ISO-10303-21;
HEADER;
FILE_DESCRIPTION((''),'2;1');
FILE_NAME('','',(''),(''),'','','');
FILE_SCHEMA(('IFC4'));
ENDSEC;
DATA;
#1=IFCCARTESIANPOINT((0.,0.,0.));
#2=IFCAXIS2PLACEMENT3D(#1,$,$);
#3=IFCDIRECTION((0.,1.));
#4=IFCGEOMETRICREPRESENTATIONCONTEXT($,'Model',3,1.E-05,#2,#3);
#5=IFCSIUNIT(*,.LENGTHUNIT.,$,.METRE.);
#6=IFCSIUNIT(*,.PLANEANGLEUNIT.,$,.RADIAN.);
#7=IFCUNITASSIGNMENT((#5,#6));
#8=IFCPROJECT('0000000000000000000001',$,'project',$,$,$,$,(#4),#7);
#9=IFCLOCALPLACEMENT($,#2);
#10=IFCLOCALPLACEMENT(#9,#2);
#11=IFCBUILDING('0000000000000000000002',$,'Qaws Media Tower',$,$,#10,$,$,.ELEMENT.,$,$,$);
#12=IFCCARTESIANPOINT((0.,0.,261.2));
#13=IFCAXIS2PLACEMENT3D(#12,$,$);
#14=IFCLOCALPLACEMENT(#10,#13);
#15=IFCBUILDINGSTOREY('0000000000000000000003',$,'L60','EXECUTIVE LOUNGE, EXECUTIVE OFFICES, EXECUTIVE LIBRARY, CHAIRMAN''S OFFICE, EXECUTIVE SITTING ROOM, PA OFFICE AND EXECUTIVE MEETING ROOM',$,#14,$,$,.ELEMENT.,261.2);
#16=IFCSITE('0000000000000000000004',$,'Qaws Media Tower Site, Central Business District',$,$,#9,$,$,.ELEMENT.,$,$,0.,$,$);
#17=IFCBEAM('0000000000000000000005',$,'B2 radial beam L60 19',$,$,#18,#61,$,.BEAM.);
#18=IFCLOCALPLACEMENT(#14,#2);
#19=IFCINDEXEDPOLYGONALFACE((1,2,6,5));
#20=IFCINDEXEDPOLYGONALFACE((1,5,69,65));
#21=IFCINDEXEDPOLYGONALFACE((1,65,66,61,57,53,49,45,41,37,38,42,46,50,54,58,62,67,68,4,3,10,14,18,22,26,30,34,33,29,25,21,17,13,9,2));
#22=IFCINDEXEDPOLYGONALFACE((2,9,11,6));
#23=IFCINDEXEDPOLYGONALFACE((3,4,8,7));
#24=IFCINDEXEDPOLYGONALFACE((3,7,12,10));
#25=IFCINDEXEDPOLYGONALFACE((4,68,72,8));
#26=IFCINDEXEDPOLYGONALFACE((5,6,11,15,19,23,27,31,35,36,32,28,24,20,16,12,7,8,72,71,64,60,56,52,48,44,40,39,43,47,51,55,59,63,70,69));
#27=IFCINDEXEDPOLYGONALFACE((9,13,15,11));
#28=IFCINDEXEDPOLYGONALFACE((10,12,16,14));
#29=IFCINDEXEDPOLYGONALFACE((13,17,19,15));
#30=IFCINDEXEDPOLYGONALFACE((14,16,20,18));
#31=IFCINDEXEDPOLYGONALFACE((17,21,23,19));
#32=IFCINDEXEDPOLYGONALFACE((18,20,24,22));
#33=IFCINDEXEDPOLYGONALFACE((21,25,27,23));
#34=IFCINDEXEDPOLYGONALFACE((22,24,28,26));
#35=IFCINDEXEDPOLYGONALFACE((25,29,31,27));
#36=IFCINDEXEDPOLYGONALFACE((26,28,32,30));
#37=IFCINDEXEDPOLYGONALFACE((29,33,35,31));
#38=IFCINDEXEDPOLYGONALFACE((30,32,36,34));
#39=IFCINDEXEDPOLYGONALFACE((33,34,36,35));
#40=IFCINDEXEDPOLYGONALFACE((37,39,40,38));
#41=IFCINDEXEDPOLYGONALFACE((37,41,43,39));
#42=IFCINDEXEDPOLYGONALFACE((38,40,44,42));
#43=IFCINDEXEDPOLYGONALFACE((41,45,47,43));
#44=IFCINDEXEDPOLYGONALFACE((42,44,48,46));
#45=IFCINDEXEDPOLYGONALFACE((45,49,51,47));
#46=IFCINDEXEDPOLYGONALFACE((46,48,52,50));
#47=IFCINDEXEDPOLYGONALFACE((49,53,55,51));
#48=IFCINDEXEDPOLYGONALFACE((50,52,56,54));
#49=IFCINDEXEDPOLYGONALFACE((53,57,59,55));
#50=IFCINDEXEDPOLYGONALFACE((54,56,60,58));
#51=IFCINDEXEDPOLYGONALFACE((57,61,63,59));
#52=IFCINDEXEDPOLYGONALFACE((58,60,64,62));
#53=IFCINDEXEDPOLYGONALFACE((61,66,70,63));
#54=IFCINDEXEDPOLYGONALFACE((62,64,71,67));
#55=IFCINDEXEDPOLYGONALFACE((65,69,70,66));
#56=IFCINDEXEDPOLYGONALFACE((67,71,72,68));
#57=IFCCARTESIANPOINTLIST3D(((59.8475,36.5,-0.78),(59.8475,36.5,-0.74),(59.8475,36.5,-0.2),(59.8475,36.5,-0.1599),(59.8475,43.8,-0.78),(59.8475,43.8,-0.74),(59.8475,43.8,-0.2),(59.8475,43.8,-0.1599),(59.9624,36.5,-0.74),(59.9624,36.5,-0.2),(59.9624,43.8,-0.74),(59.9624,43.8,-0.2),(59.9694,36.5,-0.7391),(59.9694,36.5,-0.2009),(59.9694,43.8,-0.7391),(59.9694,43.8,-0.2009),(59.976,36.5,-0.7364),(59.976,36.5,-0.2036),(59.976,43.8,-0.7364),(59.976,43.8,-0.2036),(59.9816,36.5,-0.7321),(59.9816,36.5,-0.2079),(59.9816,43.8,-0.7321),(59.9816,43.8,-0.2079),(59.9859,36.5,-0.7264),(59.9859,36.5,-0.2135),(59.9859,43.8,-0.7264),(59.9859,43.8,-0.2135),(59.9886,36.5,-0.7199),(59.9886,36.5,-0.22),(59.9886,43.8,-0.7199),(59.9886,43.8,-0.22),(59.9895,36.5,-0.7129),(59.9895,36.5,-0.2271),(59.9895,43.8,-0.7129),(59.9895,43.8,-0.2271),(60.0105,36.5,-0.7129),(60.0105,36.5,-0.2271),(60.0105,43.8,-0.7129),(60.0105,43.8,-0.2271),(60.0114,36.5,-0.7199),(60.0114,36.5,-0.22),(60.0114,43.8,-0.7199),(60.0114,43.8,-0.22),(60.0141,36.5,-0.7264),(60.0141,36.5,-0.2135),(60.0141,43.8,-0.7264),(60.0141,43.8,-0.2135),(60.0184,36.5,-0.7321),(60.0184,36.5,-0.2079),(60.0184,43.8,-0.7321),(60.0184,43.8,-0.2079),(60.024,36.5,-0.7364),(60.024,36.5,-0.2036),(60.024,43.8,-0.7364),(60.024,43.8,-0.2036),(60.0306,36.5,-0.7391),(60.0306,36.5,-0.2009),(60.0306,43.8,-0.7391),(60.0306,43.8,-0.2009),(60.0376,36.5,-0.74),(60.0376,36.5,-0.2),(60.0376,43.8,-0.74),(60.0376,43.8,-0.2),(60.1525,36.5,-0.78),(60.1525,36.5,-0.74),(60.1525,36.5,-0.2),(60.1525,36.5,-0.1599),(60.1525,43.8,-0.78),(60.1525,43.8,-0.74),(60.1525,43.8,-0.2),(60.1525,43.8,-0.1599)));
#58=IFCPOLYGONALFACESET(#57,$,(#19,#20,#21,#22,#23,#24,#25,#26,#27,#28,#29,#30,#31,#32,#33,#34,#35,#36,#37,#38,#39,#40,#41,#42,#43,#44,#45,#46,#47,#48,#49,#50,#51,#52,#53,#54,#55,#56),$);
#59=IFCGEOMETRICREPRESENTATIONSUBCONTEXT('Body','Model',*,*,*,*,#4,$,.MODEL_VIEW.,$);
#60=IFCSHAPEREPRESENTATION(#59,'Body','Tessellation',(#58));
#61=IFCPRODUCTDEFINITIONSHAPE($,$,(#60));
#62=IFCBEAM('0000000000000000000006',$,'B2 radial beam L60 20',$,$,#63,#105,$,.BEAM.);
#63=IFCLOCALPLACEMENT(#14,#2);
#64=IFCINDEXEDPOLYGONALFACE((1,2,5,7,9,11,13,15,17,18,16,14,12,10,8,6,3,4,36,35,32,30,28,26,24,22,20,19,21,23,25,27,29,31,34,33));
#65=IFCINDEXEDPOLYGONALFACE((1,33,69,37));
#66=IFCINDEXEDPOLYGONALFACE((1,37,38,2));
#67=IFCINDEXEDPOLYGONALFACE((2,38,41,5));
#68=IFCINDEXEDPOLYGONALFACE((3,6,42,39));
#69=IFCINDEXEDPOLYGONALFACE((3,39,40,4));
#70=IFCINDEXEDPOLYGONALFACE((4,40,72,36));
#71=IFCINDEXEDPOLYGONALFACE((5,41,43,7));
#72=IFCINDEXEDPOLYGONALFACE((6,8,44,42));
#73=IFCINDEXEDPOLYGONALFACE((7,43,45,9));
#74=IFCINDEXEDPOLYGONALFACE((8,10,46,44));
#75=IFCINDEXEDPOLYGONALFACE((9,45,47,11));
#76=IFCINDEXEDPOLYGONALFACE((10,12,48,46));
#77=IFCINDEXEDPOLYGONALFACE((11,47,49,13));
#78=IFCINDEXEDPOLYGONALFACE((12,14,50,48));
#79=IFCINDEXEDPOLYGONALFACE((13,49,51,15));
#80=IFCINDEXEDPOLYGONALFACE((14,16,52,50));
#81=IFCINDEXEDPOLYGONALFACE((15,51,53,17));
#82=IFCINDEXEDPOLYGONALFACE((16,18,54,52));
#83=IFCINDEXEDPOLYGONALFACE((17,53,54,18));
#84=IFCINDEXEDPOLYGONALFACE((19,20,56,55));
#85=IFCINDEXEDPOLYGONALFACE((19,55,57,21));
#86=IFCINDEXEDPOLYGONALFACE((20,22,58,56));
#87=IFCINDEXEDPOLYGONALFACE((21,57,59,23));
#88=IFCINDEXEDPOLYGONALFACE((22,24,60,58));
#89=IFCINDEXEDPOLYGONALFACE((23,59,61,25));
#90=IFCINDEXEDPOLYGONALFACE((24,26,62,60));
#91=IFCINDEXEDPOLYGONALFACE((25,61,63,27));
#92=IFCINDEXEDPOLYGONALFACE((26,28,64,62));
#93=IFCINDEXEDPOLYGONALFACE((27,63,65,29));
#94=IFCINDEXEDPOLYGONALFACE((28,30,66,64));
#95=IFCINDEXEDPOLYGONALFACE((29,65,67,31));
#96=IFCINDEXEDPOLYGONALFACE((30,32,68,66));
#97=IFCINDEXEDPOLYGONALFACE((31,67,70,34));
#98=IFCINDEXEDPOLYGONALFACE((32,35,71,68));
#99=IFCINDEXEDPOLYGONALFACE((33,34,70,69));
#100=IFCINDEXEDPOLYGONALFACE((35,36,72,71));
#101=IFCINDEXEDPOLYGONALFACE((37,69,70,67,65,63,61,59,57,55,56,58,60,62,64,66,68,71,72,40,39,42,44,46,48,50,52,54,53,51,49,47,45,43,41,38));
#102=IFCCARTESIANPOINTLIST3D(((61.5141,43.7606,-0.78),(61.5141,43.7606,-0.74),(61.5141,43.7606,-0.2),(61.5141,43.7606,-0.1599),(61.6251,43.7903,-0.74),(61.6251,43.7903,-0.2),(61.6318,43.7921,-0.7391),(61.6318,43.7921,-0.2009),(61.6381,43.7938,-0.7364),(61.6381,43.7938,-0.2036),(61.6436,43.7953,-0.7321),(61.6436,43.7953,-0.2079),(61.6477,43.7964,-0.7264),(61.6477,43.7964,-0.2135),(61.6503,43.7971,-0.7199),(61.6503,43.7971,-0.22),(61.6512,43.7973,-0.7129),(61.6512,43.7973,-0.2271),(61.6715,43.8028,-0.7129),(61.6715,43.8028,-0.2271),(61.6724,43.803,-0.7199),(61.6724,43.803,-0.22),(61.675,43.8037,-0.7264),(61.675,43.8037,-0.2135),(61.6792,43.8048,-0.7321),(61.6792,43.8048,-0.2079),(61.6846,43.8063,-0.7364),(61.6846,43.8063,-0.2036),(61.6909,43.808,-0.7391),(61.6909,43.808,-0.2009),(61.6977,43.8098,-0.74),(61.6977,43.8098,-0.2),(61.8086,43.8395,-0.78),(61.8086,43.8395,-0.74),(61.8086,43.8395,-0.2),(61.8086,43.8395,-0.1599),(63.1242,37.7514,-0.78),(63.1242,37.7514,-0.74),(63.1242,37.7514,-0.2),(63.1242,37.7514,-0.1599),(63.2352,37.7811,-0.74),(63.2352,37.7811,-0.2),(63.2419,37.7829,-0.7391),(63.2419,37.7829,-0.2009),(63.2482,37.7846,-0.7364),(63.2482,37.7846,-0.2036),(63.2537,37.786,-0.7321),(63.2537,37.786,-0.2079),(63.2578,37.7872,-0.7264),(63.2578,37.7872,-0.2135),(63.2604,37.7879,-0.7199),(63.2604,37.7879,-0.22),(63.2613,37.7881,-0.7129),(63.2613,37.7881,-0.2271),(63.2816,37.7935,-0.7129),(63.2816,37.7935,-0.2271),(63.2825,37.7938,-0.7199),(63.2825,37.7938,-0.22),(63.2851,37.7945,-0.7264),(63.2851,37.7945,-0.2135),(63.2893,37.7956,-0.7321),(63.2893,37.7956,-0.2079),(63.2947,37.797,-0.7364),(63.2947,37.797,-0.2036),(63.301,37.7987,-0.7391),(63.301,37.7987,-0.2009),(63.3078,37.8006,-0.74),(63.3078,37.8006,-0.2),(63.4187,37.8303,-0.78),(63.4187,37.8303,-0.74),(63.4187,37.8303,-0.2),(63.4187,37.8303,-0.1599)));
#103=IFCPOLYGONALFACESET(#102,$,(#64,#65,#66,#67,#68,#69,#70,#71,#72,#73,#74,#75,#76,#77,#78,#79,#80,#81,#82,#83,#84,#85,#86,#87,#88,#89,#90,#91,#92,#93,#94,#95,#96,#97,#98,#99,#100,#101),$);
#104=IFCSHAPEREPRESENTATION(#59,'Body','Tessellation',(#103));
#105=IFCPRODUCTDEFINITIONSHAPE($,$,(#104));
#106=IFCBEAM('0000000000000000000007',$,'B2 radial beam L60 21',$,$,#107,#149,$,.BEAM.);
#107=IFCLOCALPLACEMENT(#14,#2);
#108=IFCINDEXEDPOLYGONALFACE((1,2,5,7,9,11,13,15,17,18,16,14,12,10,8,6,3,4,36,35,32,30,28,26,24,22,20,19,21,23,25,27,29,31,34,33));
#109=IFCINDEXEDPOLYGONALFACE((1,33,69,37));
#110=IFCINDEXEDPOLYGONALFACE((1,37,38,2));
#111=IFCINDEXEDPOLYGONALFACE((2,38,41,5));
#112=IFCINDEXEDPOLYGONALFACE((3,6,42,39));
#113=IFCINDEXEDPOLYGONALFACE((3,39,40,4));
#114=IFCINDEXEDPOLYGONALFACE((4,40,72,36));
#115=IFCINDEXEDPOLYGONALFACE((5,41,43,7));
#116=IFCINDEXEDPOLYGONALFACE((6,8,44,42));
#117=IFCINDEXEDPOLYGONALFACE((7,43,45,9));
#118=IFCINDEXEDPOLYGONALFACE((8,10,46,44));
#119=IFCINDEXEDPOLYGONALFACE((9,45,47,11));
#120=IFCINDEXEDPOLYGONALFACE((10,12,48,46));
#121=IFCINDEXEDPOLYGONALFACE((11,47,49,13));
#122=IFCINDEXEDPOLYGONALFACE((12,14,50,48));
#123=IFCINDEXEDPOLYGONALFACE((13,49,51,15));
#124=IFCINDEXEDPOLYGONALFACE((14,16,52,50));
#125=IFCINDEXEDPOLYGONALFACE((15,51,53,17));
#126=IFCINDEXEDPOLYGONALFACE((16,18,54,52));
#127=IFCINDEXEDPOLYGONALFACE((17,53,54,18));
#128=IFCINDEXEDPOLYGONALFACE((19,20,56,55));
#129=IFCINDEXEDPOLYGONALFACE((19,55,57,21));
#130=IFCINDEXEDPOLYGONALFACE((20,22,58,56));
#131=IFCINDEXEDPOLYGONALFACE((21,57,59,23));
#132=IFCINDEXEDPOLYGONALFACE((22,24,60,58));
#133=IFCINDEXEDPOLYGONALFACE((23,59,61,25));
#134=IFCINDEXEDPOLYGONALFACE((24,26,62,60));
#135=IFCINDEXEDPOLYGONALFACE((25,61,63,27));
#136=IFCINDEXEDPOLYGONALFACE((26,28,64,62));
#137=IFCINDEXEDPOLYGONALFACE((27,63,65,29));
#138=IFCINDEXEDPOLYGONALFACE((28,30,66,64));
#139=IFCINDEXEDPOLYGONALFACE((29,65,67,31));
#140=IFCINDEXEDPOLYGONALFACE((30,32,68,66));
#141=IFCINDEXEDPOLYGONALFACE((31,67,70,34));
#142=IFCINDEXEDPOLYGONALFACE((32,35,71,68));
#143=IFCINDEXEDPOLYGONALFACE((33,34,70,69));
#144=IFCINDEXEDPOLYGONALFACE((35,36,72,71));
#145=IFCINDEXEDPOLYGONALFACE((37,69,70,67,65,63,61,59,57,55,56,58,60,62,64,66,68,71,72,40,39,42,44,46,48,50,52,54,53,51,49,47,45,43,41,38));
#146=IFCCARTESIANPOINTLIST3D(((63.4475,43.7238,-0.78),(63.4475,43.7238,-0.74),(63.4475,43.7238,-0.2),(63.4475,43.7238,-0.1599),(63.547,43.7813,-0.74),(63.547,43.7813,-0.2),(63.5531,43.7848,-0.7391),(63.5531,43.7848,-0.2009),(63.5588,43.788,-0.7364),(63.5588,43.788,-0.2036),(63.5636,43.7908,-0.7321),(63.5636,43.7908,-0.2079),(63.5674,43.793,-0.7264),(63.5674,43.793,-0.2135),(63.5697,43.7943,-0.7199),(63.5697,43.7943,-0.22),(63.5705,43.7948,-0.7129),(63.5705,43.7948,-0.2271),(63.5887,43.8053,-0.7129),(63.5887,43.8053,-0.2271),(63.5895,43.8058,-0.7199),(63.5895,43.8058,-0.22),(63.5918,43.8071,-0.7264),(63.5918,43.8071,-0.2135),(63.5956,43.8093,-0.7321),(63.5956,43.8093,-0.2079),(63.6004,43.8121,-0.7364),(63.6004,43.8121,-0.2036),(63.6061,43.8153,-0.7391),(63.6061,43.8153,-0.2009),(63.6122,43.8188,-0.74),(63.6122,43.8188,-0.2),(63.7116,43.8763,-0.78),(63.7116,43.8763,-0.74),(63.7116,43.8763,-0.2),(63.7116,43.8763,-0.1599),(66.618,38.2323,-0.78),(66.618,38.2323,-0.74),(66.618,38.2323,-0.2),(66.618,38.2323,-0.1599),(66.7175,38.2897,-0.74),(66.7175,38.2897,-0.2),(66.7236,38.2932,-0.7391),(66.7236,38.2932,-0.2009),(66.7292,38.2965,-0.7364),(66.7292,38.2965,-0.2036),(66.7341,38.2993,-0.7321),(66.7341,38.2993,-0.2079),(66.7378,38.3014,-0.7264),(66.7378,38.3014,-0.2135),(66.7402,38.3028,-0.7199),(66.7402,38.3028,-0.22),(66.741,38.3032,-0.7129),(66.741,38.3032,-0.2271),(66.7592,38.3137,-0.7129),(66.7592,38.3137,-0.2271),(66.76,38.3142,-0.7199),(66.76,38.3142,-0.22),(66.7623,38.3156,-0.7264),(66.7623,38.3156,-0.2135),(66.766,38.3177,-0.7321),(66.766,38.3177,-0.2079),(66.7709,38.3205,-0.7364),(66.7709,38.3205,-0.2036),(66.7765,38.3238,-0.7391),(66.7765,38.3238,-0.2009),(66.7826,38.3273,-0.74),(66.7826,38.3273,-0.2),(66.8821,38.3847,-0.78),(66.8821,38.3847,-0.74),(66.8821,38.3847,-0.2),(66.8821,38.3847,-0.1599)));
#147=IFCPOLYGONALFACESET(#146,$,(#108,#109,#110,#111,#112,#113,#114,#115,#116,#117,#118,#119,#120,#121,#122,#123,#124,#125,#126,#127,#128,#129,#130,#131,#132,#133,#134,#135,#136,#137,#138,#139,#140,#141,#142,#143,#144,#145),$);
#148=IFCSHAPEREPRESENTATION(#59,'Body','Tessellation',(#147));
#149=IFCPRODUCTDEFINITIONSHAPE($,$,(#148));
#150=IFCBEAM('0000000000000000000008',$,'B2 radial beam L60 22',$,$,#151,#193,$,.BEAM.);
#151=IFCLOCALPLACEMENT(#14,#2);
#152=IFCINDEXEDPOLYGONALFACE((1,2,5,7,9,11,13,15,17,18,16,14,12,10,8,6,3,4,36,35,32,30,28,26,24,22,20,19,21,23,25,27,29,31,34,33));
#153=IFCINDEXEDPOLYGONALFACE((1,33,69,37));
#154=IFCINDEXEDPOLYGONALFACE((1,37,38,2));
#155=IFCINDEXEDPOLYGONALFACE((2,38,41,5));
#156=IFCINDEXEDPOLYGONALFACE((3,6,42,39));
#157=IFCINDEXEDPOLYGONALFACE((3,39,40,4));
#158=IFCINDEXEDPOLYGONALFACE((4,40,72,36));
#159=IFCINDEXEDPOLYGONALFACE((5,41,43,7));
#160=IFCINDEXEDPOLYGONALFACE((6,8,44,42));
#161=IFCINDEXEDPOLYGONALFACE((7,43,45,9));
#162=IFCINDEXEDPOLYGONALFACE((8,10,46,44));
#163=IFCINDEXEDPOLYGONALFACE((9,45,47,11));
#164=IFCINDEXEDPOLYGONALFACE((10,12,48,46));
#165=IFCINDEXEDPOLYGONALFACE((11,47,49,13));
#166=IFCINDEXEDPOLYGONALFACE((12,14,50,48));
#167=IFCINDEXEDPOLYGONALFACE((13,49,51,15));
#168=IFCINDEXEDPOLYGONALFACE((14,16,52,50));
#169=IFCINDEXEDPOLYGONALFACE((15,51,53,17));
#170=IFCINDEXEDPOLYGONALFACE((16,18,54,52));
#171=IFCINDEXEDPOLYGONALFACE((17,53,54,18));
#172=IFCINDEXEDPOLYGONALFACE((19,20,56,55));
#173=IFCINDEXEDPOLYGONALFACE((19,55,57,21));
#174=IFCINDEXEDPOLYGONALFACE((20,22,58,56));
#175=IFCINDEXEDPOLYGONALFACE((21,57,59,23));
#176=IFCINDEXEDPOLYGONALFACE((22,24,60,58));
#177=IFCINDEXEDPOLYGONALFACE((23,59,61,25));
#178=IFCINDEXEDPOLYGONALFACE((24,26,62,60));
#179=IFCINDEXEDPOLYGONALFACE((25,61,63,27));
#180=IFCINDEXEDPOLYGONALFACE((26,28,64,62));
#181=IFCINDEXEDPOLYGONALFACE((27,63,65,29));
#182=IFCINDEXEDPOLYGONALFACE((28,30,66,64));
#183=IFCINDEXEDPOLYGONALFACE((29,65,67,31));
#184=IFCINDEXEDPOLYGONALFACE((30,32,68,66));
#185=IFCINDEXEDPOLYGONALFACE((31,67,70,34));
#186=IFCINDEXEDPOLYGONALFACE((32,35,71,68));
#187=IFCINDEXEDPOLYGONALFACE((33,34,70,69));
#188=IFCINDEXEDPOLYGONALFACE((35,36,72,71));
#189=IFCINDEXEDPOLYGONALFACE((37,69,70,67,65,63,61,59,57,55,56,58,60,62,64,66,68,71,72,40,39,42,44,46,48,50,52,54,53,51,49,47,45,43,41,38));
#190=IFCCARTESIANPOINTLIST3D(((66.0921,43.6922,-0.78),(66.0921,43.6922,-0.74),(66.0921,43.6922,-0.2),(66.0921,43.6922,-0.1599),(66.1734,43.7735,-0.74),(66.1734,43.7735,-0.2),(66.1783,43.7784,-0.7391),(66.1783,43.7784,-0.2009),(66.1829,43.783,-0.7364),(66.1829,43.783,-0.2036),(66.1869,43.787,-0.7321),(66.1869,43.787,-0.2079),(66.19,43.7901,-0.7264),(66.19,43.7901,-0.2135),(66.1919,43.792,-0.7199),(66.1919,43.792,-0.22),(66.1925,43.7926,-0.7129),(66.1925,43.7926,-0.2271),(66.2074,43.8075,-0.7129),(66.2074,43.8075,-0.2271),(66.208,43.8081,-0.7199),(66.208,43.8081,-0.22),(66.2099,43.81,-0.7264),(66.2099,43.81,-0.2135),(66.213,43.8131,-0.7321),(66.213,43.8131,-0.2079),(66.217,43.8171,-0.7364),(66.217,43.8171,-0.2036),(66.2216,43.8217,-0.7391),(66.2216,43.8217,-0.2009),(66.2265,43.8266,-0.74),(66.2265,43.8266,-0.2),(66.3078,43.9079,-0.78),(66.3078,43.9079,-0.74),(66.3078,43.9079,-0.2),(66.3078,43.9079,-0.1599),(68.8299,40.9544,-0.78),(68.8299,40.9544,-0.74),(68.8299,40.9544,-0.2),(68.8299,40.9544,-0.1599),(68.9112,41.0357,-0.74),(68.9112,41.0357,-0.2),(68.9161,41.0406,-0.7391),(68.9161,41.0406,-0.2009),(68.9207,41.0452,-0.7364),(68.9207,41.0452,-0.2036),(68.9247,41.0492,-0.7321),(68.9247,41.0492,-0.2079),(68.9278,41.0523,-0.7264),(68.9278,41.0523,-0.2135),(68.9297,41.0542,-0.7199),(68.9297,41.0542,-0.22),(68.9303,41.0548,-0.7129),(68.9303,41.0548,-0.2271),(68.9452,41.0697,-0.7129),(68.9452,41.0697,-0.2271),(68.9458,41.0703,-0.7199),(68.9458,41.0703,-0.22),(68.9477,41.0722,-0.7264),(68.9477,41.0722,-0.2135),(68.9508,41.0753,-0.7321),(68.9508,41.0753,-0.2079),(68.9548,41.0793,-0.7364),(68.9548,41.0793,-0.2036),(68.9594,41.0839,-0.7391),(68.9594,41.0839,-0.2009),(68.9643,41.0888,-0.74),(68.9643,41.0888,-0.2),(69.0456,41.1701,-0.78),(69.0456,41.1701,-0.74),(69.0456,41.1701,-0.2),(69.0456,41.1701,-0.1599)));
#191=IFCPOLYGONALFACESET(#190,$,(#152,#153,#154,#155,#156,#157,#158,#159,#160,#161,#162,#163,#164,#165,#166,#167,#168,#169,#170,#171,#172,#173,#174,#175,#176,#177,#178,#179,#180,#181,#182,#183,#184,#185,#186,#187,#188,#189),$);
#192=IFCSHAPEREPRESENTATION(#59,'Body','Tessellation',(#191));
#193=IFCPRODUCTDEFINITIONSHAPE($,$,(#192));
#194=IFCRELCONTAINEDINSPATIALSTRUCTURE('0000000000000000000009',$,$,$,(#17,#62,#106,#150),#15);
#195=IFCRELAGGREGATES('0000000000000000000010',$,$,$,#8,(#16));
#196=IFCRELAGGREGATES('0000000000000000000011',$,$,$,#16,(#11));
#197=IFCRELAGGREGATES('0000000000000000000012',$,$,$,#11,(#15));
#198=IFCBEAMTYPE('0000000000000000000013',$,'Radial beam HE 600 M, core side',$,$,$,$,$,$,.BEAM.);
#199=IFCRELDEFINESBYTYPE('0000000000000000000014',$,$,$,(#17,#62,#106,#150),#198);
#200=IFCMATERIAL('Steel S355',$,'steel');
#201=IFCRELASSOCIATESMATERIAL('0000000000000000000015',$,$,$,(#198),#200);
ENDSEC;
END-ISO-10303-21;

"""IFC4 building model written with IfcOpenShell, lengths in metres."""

from ifc_helpers import new_model, si_unit, direction, frame, origin, origin_2d, place, context, subcontext, project, spatial, i_section, extrude, material, material_profile, profile_set, type_object, element, save


model = new_model("IFC4")

# Units and contexts
model_context = context("Model", 3, precision=1e-05, world=origin(), true_north=direction((0.0, 1.0)))
body_context = subcontext(model_context, "Body", "Model", "MODEL_VIEW")
ifc_project = project(units=[si_unit("LENGTHUNIT", "METRE"), si_unit("PLANEANGLEUNIT", "RADIAN")], contexts=[model_context])

# Site, building, storey
site_placement = place(None, origin())
site = spatial("IfcSite", under=ifc_project, at=site_placement, Name="Qaws Media Tower Site, Central Business District", CompositionType="ELEMENT", RefElevation=0.0)
building_placement = place(site_placement, origin())
building = spatial("IfcBuilding", under=site, at=building_placement, Name="Qaws Media Tower", CompositionType="ELEMENT")
storey_placement = place(building_placement, frame((0.0, 0.0, 261.2)))
storey = spatial("IfcBuildingStorey", under=building, at=storey_placement, Name="L60", Description="EXECUTIVE LOUNGE, EXECUTIVE OFFICES, EXECUTIVE LIBRARY, CHAIRMAN'S OFFICE, EXECUTIVE SITTING ROOM, PA OFFICE AND EXECUTIVE MEETING ROOM", CompositionType="ELEMENT", Elevation=261.2)

# Beams
ifc_material_1 = material(Name="Steel S355", Category="steel")
ifc_material_profile_1 = material_profile(ifc_material_1, i_section(OverallWidth=0.3049, OverallDepth=0.6201, WebThickness=0.021, FlangeThickness=0.04, FilletRadius=0.0271, at=origin_2d()), Name="HE 600 M")
ifc_profile_set_1 = profile_set([ifc_material_profile_1], Name="Steel S355")
beam_type_1 = type_object("IfcBeamType", Name="Radial beam HE 600 M, core side", PredefinedType="BEAM", material=ifc_profile_set_1)
beam_1_placement = place(storey_placement, frame((60.0, 43.8, -0.47), z_axis=(0.0, -1.0, 0.0), x_axis=(1.0, 0.0, 0.0)))
element("IfcBeam", 1, at=beam_1_placement, inside=storey, type_object=beam_type_1, Name="B2 radial beam L60 19", PredefinedType="BEAM", context=body_context, shape_type="SweptSolid", body=[
    extrude(i_section(OverallWidth=0.3049, OverallDepth=0.6201, WebThickness=0.021, FlangeThickness=0.04, FilletRadius=0.0271, at=origin_2d()), origin(), (0.0, 0.0, 1.0), 7.3),
])
beam_2_placement = place(storey_placement, frame((61.6614, 43.8, -0.47), z_axis=(0.258808, -0.965929, 0.0), x_axis=(0.965929, 0.258808, 0.0)))
element("IfcBeam", 2, at=beam_2_placement, inside=storey, type_object=beam_type_1, Name="B2 radial beam L60 20", PredefinedType="BEAM", context=body_context, shape_type="SweptSolid", body=[
    extrude(i_section(OverallWidth=0.3049, OverallDepth=0.6201, WebThickness=0.021, FlangeThickness=0.04, FilletRadius=0.0271, at=origin_2d()), origin(), (0.0, 0.0, 1.0), 6.2212),
])
beam_3_placement = place(storey_placement, frame((63.5796, 43.8, -0.47), z_axis=(0.49999, -0.866031, 0.0), x_axis=(0.866031, 0.49999, 0.0)))
element("IfcBeam", 3, at=beam_3_placement, inside=storey, type_object=beam_type_1, Name="B2 radial beam L60 21", PredefinedType="BEAM", context=body_context, shape_type="SweptSolid", body=[
    extrude(i_section(OverallWidth=0.3049, OverallDepth=0.6201, WebThickness=0.021, FlangeThickness=0.04, FilletRadius=0.0271, at=origin_2d()), origin(), (0.0, 0.0, 1.0), 6.3411),
])
beam_4_placement = place(storey_placement, frame((66.2, 43.8, -0.47), z_axis=(0.707107, -0.707107, 0.0), x_axis=(0.707107, 0.707107, 0.0)))
element("IfcBeam", 4, at=beam_4_placement, inside=storey, type_object=beam_type_1, Name="B2 radial beam L60 22", PredefinedType="BEAM", context=body_context, shape_type="SweptSolid", body=[
    extrude(i_section(OverallWidth=0.3049, OverallDepth=0.6201, WebThickness=0.021, FlangeThickness=0.04, FilletRadius=0.0271, at=origin_2d()), origin(), (0.0, 0.0, 1.0), 3.8718),
])

save(model, "model.ifc")
